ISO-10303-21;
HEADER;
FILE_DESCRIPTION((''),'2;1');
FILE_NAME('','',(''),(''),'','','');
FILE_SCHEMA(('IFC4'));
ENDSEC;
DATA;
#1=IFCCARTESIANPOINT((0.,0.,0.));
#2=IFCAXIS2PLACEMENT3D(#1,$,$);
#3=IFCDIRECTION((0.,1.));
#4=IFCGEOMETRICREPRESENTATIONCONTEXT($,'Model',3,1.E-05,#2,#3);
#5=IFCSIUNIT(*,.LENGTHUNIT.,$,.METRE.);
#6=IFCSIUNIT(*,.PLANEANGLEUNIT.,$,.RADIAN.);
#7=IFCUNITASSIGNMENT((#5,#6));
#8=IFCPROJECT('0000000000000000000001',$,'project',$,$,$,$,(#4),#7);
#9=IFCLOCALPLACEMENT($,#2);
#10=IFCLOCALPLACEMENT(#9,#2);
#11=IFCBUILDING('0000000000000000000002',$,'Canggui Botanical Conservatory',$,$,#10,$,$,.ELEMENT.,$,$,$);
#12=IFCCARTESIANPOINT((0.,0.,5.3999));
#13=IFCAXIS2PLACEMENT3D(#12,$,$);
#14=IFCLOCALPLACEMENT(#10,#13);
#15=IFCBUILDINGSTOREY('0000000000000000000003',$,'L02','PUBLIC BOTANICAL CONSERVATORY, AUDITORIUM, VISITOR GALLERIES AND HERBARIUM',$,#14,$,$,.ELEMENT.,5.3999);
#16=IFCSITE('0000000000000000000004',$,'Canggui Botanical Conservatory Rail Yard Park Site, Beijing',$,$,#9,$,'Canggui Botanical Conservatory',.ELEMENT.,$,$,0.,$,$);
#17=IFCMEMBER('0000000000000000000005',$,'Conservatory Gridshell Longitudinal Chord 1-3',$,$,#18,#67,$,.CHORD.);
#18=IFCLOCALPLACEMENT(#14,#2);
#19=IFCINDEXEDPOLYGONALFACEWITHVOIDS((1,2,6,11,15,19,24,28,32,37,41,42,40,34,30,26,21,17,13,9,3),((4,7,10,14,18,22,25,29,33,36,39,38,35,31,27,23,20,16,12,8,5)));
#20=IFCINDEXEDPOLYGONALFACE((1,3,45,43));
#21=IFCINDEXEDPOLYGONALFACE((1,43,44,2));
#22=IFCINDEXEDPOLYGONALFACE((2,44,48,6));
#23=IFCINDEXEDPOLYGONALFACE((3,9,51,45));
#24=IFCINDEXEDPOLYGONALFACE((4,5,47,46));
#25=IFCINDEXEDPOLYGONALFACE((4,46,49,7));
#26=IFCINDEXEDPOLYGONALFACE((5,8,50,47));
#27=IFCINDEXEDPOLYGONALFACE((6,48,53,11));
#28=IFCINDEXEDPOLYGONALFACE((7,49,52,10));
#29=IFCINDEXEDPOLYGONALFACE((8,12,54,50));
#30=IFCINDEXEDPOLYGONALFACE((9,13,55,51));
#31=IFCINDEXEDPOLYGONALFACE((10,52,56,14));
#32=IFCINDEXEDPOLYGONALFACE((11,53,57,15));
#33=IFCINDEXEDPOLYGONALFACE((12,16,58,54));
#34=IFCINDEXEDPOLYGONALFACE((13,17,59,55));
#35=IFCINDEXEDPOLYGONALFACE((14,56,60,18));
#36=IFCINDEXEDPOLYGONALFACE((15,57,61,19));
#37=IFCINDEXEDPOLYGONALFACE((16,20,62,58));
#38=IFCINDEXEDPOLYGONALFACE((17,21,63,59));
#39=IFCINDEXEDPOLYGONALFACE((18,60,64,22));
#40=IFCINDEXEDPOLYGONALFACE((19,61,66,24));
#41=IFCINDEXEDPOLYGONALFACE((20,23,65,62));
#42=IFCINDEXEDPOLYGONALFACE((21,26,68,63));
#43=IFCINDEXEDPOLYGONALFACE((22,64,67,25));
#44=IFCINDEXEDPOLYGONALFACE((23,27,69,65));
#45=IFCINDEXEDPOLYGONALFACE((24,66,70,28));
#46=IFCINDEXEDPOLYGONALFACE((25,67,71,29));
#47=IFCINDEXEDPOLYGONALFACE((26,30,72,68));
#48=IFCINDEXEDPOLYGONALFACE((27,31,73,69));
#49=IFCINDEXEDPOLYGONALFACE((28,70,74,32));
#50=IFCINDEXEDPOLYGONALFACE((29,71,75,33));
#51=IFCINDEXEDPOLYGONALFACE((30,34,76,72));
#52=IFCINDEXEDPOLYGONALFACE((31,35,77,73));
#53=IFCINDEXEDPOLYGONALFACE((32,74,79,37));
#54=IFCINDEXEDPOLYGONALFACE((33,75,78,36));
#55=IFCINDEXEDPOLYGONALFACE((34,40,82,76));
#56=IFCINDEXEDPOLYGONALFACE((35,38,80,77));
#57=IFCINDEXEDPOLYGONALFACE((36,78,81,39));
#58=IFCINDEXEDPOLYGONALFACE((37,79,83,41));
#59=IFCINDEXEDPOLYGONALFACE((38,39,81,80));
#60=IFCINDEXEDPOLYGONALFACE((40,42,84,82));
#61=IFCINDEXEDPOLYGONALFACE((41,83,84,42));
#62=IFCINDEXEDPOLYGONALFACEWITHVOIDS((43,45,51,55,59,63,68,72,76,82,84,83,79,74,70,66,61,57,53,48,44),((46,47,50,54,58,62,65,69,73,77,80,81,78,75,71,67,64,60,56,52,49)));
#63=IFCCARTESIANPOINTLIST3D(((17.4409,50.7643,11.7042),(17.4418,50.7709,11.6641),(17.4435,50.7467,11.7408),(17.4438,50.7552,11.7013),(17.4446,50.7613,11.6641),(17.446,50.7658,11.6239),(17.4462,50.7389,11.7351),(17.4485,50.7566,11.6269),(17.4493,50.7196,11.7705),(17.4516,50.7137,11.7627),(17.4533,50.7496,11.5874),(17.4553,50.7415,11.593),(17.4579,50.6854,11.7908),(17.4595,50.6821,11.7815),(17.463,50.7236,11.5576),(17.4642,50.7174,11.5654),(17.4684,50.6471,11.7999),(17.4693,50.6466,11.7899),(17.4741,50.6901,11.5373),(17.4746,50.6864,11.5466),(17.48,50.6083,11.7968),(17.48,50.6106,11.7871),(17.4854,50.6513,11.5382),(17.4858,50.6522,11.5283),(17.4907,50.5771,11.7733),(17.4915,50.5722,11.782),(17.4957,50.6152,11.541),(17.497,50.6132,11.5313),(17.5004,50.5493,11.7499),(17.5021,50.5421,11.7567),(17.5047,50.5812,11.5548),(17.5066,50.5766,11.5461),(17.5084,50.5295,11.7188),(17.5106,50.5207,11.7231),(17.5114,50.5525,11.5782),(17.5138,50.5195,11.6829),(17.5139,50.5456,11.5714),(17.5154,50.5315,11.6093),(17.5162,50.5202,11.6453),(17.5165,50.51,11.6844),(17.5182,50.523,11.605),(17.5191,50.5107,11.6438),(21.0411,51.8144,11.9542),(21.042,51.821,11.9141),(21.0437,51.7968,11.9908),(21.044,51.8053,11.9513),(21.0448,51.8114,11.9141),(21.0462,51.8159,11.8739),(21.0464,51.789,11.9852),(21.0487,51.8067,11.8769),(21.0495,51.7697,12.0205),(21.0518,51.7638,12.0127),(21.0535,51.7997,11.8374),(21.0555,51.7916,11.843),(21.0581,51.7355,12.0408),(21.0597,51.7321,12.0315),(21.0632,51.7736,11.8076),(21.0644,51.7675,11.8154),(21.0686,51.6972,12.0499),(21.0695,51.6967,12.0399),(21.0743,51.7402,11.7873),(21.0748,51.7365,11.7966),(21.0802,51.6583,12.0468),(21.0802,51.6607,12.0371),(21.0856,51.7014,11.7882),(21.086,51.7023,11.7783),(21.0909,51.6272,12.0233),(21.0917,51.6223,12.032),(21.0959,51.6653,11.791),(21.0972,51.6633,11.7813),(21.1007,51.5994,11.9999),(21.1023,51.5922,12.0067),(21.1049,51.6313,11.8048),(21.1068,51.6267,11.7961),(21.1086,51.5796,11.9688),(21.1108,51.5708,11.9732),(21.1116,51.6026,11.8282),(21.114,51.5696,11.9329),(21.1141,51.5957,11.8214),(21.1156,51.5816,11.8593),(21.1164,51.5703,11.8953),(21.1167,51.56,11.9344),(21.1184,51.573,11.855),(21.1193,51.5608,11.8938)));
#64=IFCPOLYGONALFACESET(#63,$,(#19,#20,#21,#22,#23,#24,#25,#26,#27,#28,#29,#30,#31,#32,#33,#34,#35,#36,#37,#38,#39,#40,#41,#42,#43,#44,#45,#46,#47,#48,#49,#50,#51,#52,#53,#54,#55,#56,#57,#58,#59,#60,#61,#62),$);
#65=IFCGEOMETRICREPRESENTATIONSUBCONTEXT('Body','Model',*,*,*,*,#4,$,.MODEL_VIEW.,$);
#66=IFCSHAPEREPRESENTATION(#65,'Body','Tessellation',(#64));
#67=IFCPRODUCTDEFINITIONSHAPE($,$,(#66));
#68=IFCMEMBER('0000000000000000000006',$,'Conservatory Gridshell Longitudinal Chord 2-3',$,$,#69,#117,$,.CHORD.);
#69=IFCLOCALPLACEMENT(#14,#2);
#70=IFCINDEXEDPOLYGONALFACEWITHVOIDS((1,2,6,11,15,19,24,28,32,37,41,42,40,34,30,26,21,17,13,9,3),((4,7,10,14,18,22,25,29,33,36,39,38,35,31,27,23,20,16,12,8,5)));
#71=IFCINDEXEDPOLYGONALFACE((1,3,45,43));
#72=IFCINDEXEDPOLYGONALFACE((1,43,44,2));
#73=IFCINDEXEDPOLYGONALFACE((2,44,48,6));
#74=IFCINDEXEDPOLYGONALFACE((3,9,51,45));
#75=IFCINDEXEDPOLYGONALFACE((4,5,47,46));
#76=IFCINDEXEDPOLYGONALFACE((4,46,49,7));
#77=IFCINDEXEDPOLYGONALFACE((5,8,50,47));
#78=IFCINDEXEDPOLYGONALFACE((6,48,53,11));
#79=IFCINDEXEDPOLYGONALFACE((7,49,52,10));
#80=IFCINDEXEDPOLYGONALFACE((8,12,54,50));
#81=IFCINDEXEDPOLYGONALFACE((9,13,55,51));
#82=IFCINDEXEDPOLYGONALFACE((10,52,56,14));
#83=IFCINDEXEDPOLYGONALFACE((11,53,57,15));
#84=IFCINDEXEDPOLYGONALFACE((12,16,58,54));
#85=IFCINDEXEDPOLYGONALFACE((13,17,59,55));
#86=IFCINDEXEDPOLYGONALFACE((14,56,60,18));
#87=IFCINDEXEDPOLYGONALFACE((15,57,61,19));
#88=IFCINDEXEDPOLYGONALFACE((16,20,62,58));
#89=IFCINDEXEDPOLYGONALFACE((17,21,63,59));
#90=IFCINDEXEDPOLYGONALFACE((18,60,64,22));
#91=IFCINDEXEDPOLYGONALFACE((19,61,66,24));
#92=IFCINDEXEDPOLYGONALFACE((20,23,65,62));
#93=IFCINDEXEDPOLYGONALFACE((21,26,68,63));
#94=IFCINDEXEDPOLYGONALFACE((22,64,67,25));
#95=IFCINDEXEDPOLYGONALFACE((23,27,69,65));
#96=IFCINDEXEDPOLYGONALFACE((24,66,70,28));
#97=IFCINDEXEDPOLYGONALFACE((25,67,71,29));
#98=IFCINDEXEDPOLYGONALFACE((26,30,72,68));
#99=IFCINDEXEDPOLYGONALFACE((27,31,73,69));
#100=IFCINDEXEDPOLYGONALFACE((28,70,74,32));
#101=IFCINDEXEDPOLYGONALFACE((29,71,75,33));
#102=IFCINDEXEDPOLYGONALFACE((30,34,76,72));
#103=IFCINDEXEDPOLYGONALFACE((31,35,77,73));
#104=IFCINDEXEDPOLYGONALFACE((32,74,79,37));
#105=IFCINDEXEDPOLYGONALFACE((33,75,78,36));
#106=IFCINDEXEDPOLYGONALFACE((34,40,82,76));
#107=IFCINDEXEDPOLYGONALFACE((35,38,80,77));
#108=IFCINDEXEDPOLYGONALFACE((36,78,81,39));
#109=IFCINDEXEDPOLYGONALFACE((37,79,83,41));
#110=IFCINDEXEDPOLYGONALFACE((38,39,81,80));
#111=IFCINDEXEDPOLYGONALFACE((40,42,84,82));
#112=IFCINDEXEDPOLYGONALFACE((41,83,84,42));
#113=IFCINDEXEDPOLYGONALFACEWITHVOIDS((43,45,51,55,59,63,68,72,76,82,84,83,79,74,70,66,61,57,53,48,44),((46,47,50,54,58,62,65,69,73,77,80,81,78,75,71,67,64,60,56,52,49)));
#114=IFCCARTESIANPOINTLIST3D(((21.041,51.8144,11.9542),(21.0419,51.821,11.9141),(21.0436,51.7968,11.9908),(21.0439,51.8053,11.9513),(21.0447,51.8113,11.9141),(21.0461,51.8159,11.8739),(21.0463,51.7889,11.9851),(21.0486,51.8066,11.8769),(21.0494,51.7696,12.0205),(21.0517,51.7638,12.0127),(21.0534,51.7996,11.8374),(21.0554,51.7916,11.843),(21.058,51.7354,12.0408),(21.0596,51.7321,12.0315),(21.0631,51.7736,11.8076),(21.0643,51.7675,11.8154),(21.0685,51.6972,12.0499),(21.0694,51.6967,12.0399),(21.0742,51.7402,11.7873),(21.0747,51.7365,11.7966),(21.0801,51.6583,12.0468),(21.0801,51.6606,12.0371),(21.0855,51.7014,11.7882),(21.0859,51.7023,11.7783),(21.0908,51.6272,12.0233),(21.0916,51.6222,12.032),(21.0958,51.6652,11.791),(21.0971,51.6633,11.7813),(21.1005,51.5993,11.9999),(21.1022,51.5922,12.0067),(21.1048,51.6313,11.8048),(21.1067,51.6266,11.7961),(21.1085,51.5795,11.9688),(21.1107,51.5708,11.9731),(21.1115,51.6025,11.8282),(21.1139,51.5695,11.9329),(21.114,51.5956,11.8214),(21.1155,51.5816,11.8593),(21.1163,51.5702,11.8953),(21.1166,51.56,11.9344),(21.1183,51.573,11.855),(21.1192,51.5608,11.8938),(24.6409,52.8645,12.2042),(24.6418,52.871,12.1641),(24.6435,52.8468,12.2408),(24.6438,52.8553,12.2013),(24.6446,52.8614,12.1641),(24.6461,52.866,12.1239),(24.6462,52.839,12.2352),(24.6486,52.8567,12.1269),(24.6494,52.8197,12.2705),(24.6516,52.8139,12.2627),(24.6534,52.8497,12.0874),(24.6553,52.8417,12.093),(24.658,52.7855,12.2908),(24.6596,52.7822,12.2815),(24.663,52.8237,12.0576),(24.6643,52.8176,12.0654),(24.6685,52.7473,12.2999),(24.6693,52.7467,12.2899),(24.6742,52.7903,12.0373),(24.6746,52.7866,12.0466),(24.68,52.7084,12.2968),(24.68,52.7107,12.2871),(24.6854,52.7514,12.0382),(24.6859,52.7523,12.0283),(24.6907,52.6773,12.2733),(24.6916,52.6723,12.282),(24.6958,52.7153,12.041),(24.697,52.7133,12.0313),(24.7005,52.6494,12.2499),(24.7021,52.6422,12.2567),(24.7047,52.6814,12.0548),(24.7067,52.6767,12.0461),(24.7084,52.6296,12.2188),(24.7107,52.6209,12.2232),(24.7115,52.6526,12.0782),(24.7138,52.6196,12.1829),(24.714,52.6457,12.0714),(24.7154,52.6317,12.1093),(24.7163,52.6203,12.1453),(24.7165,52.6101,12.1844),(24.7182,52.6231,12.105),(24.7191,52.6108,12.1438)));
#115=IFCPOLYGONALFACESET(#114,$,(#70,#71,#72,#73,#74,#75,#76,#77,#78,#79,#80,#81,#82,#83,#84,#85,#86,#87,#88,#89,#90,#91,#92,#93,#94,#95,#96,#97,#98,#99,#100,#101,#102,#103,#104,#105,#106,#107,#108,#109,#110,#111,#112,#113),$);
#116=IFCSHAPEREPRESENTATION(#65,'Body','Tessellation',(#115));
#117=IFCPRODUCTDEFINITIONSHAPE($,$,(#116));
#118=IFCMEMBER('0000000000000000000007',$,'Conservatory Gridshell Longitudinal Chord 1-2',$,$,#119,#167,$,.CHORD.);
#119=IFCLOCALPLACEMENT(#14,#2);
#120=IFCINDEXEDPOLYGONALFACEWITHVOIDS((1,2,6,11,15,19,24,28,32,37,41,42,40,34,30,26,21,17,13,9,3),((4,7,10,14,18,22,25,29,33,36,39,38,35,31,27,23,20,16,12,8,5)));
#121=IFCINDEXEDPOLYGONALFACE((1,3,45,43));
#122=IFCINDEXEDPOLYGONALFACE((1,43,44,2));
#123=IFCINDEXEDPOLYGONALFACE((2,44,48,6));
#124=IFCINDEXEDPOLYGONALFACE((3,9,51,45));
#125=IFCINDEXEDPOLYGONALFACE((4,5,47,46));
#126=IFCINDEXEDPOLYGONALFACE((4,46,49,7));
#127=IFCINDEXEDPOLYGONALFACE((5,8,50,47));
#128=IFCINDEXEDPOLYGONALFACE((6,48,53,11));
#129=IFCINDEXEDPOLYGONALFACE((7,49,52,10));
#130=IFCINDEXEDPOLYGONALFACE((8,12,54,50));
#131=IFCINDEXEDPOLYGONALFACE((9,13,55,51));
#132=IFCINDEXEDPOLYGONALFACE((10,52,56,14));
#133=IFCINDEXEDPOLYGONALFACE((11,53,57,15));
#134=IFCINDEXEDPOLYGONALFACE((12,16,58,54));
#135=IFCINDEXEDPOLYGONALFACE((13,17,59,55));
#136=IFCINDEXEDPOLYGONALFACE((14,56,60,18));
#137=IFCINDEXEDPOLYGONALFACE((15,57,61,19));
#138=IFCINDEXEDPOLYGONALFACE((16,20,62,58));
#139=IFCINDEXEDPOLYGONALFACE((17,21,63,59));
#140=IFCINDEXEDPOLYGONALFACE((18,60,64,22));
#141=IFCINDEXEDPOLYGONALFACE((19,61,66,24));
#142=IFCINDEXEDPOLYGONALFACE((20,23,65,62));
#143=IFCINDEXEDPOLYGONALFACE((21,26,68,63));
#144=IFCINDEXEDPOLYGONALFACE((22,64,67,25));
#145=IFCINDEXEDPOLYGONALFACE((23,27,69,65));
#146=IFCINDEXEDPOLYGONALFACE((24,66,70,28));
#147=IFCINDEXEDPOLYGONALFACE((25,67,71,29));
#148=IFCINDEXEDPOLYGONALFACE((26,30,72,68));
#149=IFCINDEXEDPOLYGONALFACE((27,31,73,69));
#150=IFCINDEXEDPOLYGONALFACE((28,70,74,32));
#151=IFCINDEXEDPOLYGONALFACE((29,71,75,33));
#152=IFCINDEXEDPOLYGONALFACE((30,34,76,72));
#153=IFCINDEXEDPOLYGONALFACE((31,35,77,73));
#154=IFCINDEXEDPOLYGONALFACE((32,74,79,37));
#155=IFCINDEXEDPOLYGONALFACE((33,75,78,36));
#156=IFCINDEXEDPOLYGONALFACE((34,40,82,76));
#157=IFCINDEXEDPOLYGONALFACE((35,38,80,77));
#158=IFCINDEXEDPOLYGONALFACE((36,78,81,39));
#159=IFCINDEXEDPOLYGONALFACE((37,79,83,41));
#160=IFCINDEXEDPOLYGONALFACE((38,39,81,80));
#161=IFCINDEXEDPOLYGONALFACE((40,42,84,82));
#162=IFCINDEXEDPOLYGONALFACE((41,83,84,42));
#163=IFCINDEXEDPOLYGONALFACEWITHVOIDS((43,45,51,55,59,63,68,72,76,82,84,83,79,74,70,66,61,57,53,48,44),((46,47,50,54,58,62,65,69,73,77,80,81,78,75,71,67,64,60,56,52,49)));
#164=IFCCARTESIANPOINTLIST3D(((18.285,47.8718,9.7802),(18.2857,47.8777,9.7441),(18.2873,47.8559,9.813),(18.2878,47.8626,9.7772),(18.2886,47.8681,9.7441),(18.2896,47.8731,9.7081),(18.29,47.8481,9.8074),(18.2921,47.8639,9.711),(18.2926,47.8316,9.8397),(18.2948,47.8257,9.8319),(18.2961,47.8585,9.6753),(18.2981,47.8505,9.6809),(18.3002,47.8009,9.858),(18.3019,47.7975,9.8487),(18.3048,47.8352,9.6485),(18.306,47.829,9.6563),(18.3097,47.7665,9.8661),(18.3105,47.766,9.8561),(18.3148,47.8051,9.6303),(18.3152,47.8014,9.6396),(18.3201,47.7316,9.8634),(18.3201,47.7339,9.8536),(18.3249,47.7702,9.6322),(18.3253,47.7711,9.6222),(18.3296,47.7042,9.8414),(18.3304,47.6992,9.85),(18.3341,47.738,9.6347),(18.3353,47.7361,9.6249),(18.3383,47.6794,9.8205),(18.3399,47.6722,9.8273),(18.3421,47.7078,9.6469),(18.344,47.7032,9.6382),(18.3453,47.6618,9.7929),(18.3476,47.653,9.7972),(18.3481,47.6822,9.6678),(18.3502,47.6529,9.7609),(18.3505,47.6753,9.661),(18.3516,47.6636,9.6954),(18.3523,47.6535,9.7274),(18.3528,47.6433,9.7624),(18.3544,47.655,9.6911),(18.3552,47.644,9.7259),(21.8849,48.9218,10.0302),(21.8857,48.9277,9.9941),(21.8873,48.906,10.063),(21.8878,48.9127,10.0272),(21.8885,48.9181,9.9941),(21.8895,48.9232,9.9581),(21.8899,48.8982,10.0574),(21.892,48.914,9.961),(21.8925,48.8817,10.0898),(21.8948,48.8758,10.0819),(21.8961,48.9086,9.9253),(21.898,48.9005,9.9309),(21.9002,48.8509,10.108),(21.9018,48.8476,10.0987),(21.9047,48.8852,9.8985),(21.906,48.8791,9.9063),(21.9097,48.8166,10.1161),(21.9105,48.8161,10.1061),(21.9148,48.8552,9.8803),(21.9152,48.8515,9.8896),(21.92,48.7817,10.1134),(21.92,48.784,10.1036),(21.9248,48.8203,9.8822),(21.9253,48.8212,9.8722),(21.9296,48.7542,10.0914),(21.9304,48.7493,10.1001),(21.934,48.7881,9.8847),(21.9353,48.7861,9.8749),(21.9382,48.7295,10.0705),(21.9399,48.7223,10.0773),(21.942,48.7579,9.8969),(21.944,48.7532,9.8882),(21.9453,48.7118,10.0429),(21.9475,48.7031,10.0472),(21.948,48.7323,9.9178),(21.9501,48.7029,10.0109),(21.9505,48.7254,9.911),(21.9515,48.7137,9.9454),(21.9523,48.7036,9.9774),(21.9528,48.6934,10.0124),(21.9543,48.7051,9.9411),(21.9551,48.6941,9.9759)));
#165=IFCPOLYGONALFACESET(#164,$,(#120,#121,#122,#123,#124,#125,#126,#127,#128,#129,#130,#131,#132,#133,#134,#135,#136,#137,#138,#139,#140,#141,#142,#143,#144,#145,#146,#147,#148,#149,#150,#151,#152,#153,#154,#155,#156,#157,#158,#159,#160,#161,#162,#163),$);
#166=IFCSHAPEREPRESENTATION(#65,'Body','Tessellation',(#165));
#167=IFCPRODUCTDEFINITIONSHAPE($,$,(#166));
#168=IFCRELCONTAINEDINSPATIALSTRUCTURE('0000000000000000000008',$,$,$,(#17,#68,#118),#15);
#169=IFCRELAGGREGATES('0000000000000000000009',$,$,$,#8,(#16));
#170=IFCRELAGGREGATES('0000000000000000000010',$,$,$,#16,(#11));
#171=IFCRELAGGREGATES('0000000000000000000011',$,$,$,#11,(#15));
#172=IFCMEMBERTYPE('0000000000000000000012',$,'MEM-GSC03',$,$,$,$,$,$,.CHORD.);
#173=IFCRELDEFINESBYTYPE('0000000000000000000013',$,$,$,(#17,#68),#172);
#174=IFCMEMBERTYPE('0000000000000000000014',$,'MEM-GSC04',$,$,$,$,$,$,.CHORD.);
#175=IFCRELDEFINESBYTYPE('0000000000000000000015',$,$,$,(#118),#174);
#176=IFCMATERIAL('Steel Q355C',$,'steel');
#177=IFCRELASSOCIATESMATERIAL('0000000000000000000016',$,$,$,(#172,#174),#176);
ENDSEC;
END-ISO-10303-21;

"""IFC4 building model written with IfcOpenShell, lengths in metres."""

from ifc_helpers import new_model, si_unit, direction, frame, origin, origin_2d, place, context, subcontext, project, spatial, hollow_circle, extrude, material, material_profile, profile_set, type_object, element, save


model = new_model("IFC4")

# Units and contexts
model_context = context("Model", 3, precision=1e-05, world=origin(), true_north=direction((0.0, 1.0)))
body_context = subcontext(model_context, "Body", "Model", "MODEL_VIEW")
ifc_project = project(units=[si_unit("LENGTHUNIT", "METRE"), si_unit("PLANEANGLEUNIT", "RADIAN")], contexts=[model_context])

# Site, building, storey
site_placement = place(None, origin())
site = spatial("IfcSite", under=ifc_project, at=site_placement, Name="Canggui Botanical Conservatory Rail Yard Park Site, Beijing", LongName="Canggui Botanical Conservatory", CompositionType="ELEMENT", RefElevation=0.0)
building_placement = place(site_placement, origin())
building = spatial("IfcBuilding", under=site, at=building_placement, Name="Canggui Botanical Conservatory", CompositionType="ELEMENT")
storey_placement = place(building_placement, frame((0.0, 0.0, 5.3999)))
storey = spatial("IfcBuildingStorey", under=building, at=storey_placement, Name="L02", Description="PUBLIC BOTANICAL CONSERVATORY, AUDITORIUM, VISITOR GALLERIES AND HERBARIUM", CompositionType="ELEMENT", Elevation=5.3999)

# Shared definitions
ifc_material_1 = material(Name="Steel Q355C", Category="steel")

# Members
ifc_material_profile_1 = material_profile(ifc_material_1, hollow_circle(Radius=0.1365, WallThickness=0.01, at=origin_2d()), Name="CHS 273x10")
ifc_profile_set_1 = profile_set([ifc_material_profile_1], Name="Steel Q355C")
member_type_1 = type_object("IfcMemberType", Name="MEM-GSC03", PredefinedType="CHORD", material=ifc_profile_set_1)
member_1_placement = place(storey_placement, frame((17.48, 50.6399, 11.6641), z_axis=(0.957872, 0.279385, 0.066517), x_axis=(-0.280005, 0.959999, 0.0)))
element("IfcMember", 1, at=member_1_placement, inside=storey, type_object=member_type_1, Name="Conservatory Gridshell Longitudinal Chord 1-3", PredefinedType="CHORD", context=body_context, shape_type="SweptSolid", body=[
    extrude(hollow_circle(Radius=0.1365, WallThickness=0.01, at=origin_2d()), origin(), (0.0, 0.0, 1.0), 3.7585),
])
member_2_placement = place(storey_placement, frame((21.0801, 51.6899, 11.9141), z_axis=(0.957867, 0.279402, 0.066521), x_axis=(-0.280023, 0.959993, 0.0)))
element("IfcMember", 2, at=member_2_placement, inside=storey, type_object=member_type_1, Name="Conservatory Gridshell Longitudinal Chord 2-3", PredefinedType="CHORD", context=body_context, shape_type="SweptSolid", body=[
    extrude(hollow_circle(Radius=0.1365, WallThickness=0.01, at=origin_2d()), origin(), (0.0, 0.0, 1.0), 3.7583),
])
ifc_material_profile_2 = material_profile(ifc_material_1, hollow_circle(Radius=0.1226, WallThickness=0.01, at=origin_2d()), Name="CHS 245x10")
ifc_profile_set_2 = profile_set([ifc_material_profile_2], Name="Steel Q355C")
member_type_2 = type_object("IfcMemberType", Name="MEM-GSC04", PredefinedType="CHORD", material=ifc_profile_set_2)
member_3_placement = place(storey_placement, frame((18.3201, 47.76, 9.7441), z_axis=(0.957867, 0.279402, 0.066521), x_axis=(-0.280023, 0.959993, 0.0)))
element("IfcMember", 3, at=member_3_placement, inside=storey, type_object=member_type_2, Name="Conservatory Gridshell Longitudinal Chord 1-2", PredefinedType="CHORD", context=body_context, shape_type="SweptSolid", body=[
    extrude(hollow_circle(Radius=0.1226, WallThickness=0.01, at=origin_2d()), origin(), (0.0, 0.0, 1.0), 3.7583),
])

save(model, "model.ifc")
